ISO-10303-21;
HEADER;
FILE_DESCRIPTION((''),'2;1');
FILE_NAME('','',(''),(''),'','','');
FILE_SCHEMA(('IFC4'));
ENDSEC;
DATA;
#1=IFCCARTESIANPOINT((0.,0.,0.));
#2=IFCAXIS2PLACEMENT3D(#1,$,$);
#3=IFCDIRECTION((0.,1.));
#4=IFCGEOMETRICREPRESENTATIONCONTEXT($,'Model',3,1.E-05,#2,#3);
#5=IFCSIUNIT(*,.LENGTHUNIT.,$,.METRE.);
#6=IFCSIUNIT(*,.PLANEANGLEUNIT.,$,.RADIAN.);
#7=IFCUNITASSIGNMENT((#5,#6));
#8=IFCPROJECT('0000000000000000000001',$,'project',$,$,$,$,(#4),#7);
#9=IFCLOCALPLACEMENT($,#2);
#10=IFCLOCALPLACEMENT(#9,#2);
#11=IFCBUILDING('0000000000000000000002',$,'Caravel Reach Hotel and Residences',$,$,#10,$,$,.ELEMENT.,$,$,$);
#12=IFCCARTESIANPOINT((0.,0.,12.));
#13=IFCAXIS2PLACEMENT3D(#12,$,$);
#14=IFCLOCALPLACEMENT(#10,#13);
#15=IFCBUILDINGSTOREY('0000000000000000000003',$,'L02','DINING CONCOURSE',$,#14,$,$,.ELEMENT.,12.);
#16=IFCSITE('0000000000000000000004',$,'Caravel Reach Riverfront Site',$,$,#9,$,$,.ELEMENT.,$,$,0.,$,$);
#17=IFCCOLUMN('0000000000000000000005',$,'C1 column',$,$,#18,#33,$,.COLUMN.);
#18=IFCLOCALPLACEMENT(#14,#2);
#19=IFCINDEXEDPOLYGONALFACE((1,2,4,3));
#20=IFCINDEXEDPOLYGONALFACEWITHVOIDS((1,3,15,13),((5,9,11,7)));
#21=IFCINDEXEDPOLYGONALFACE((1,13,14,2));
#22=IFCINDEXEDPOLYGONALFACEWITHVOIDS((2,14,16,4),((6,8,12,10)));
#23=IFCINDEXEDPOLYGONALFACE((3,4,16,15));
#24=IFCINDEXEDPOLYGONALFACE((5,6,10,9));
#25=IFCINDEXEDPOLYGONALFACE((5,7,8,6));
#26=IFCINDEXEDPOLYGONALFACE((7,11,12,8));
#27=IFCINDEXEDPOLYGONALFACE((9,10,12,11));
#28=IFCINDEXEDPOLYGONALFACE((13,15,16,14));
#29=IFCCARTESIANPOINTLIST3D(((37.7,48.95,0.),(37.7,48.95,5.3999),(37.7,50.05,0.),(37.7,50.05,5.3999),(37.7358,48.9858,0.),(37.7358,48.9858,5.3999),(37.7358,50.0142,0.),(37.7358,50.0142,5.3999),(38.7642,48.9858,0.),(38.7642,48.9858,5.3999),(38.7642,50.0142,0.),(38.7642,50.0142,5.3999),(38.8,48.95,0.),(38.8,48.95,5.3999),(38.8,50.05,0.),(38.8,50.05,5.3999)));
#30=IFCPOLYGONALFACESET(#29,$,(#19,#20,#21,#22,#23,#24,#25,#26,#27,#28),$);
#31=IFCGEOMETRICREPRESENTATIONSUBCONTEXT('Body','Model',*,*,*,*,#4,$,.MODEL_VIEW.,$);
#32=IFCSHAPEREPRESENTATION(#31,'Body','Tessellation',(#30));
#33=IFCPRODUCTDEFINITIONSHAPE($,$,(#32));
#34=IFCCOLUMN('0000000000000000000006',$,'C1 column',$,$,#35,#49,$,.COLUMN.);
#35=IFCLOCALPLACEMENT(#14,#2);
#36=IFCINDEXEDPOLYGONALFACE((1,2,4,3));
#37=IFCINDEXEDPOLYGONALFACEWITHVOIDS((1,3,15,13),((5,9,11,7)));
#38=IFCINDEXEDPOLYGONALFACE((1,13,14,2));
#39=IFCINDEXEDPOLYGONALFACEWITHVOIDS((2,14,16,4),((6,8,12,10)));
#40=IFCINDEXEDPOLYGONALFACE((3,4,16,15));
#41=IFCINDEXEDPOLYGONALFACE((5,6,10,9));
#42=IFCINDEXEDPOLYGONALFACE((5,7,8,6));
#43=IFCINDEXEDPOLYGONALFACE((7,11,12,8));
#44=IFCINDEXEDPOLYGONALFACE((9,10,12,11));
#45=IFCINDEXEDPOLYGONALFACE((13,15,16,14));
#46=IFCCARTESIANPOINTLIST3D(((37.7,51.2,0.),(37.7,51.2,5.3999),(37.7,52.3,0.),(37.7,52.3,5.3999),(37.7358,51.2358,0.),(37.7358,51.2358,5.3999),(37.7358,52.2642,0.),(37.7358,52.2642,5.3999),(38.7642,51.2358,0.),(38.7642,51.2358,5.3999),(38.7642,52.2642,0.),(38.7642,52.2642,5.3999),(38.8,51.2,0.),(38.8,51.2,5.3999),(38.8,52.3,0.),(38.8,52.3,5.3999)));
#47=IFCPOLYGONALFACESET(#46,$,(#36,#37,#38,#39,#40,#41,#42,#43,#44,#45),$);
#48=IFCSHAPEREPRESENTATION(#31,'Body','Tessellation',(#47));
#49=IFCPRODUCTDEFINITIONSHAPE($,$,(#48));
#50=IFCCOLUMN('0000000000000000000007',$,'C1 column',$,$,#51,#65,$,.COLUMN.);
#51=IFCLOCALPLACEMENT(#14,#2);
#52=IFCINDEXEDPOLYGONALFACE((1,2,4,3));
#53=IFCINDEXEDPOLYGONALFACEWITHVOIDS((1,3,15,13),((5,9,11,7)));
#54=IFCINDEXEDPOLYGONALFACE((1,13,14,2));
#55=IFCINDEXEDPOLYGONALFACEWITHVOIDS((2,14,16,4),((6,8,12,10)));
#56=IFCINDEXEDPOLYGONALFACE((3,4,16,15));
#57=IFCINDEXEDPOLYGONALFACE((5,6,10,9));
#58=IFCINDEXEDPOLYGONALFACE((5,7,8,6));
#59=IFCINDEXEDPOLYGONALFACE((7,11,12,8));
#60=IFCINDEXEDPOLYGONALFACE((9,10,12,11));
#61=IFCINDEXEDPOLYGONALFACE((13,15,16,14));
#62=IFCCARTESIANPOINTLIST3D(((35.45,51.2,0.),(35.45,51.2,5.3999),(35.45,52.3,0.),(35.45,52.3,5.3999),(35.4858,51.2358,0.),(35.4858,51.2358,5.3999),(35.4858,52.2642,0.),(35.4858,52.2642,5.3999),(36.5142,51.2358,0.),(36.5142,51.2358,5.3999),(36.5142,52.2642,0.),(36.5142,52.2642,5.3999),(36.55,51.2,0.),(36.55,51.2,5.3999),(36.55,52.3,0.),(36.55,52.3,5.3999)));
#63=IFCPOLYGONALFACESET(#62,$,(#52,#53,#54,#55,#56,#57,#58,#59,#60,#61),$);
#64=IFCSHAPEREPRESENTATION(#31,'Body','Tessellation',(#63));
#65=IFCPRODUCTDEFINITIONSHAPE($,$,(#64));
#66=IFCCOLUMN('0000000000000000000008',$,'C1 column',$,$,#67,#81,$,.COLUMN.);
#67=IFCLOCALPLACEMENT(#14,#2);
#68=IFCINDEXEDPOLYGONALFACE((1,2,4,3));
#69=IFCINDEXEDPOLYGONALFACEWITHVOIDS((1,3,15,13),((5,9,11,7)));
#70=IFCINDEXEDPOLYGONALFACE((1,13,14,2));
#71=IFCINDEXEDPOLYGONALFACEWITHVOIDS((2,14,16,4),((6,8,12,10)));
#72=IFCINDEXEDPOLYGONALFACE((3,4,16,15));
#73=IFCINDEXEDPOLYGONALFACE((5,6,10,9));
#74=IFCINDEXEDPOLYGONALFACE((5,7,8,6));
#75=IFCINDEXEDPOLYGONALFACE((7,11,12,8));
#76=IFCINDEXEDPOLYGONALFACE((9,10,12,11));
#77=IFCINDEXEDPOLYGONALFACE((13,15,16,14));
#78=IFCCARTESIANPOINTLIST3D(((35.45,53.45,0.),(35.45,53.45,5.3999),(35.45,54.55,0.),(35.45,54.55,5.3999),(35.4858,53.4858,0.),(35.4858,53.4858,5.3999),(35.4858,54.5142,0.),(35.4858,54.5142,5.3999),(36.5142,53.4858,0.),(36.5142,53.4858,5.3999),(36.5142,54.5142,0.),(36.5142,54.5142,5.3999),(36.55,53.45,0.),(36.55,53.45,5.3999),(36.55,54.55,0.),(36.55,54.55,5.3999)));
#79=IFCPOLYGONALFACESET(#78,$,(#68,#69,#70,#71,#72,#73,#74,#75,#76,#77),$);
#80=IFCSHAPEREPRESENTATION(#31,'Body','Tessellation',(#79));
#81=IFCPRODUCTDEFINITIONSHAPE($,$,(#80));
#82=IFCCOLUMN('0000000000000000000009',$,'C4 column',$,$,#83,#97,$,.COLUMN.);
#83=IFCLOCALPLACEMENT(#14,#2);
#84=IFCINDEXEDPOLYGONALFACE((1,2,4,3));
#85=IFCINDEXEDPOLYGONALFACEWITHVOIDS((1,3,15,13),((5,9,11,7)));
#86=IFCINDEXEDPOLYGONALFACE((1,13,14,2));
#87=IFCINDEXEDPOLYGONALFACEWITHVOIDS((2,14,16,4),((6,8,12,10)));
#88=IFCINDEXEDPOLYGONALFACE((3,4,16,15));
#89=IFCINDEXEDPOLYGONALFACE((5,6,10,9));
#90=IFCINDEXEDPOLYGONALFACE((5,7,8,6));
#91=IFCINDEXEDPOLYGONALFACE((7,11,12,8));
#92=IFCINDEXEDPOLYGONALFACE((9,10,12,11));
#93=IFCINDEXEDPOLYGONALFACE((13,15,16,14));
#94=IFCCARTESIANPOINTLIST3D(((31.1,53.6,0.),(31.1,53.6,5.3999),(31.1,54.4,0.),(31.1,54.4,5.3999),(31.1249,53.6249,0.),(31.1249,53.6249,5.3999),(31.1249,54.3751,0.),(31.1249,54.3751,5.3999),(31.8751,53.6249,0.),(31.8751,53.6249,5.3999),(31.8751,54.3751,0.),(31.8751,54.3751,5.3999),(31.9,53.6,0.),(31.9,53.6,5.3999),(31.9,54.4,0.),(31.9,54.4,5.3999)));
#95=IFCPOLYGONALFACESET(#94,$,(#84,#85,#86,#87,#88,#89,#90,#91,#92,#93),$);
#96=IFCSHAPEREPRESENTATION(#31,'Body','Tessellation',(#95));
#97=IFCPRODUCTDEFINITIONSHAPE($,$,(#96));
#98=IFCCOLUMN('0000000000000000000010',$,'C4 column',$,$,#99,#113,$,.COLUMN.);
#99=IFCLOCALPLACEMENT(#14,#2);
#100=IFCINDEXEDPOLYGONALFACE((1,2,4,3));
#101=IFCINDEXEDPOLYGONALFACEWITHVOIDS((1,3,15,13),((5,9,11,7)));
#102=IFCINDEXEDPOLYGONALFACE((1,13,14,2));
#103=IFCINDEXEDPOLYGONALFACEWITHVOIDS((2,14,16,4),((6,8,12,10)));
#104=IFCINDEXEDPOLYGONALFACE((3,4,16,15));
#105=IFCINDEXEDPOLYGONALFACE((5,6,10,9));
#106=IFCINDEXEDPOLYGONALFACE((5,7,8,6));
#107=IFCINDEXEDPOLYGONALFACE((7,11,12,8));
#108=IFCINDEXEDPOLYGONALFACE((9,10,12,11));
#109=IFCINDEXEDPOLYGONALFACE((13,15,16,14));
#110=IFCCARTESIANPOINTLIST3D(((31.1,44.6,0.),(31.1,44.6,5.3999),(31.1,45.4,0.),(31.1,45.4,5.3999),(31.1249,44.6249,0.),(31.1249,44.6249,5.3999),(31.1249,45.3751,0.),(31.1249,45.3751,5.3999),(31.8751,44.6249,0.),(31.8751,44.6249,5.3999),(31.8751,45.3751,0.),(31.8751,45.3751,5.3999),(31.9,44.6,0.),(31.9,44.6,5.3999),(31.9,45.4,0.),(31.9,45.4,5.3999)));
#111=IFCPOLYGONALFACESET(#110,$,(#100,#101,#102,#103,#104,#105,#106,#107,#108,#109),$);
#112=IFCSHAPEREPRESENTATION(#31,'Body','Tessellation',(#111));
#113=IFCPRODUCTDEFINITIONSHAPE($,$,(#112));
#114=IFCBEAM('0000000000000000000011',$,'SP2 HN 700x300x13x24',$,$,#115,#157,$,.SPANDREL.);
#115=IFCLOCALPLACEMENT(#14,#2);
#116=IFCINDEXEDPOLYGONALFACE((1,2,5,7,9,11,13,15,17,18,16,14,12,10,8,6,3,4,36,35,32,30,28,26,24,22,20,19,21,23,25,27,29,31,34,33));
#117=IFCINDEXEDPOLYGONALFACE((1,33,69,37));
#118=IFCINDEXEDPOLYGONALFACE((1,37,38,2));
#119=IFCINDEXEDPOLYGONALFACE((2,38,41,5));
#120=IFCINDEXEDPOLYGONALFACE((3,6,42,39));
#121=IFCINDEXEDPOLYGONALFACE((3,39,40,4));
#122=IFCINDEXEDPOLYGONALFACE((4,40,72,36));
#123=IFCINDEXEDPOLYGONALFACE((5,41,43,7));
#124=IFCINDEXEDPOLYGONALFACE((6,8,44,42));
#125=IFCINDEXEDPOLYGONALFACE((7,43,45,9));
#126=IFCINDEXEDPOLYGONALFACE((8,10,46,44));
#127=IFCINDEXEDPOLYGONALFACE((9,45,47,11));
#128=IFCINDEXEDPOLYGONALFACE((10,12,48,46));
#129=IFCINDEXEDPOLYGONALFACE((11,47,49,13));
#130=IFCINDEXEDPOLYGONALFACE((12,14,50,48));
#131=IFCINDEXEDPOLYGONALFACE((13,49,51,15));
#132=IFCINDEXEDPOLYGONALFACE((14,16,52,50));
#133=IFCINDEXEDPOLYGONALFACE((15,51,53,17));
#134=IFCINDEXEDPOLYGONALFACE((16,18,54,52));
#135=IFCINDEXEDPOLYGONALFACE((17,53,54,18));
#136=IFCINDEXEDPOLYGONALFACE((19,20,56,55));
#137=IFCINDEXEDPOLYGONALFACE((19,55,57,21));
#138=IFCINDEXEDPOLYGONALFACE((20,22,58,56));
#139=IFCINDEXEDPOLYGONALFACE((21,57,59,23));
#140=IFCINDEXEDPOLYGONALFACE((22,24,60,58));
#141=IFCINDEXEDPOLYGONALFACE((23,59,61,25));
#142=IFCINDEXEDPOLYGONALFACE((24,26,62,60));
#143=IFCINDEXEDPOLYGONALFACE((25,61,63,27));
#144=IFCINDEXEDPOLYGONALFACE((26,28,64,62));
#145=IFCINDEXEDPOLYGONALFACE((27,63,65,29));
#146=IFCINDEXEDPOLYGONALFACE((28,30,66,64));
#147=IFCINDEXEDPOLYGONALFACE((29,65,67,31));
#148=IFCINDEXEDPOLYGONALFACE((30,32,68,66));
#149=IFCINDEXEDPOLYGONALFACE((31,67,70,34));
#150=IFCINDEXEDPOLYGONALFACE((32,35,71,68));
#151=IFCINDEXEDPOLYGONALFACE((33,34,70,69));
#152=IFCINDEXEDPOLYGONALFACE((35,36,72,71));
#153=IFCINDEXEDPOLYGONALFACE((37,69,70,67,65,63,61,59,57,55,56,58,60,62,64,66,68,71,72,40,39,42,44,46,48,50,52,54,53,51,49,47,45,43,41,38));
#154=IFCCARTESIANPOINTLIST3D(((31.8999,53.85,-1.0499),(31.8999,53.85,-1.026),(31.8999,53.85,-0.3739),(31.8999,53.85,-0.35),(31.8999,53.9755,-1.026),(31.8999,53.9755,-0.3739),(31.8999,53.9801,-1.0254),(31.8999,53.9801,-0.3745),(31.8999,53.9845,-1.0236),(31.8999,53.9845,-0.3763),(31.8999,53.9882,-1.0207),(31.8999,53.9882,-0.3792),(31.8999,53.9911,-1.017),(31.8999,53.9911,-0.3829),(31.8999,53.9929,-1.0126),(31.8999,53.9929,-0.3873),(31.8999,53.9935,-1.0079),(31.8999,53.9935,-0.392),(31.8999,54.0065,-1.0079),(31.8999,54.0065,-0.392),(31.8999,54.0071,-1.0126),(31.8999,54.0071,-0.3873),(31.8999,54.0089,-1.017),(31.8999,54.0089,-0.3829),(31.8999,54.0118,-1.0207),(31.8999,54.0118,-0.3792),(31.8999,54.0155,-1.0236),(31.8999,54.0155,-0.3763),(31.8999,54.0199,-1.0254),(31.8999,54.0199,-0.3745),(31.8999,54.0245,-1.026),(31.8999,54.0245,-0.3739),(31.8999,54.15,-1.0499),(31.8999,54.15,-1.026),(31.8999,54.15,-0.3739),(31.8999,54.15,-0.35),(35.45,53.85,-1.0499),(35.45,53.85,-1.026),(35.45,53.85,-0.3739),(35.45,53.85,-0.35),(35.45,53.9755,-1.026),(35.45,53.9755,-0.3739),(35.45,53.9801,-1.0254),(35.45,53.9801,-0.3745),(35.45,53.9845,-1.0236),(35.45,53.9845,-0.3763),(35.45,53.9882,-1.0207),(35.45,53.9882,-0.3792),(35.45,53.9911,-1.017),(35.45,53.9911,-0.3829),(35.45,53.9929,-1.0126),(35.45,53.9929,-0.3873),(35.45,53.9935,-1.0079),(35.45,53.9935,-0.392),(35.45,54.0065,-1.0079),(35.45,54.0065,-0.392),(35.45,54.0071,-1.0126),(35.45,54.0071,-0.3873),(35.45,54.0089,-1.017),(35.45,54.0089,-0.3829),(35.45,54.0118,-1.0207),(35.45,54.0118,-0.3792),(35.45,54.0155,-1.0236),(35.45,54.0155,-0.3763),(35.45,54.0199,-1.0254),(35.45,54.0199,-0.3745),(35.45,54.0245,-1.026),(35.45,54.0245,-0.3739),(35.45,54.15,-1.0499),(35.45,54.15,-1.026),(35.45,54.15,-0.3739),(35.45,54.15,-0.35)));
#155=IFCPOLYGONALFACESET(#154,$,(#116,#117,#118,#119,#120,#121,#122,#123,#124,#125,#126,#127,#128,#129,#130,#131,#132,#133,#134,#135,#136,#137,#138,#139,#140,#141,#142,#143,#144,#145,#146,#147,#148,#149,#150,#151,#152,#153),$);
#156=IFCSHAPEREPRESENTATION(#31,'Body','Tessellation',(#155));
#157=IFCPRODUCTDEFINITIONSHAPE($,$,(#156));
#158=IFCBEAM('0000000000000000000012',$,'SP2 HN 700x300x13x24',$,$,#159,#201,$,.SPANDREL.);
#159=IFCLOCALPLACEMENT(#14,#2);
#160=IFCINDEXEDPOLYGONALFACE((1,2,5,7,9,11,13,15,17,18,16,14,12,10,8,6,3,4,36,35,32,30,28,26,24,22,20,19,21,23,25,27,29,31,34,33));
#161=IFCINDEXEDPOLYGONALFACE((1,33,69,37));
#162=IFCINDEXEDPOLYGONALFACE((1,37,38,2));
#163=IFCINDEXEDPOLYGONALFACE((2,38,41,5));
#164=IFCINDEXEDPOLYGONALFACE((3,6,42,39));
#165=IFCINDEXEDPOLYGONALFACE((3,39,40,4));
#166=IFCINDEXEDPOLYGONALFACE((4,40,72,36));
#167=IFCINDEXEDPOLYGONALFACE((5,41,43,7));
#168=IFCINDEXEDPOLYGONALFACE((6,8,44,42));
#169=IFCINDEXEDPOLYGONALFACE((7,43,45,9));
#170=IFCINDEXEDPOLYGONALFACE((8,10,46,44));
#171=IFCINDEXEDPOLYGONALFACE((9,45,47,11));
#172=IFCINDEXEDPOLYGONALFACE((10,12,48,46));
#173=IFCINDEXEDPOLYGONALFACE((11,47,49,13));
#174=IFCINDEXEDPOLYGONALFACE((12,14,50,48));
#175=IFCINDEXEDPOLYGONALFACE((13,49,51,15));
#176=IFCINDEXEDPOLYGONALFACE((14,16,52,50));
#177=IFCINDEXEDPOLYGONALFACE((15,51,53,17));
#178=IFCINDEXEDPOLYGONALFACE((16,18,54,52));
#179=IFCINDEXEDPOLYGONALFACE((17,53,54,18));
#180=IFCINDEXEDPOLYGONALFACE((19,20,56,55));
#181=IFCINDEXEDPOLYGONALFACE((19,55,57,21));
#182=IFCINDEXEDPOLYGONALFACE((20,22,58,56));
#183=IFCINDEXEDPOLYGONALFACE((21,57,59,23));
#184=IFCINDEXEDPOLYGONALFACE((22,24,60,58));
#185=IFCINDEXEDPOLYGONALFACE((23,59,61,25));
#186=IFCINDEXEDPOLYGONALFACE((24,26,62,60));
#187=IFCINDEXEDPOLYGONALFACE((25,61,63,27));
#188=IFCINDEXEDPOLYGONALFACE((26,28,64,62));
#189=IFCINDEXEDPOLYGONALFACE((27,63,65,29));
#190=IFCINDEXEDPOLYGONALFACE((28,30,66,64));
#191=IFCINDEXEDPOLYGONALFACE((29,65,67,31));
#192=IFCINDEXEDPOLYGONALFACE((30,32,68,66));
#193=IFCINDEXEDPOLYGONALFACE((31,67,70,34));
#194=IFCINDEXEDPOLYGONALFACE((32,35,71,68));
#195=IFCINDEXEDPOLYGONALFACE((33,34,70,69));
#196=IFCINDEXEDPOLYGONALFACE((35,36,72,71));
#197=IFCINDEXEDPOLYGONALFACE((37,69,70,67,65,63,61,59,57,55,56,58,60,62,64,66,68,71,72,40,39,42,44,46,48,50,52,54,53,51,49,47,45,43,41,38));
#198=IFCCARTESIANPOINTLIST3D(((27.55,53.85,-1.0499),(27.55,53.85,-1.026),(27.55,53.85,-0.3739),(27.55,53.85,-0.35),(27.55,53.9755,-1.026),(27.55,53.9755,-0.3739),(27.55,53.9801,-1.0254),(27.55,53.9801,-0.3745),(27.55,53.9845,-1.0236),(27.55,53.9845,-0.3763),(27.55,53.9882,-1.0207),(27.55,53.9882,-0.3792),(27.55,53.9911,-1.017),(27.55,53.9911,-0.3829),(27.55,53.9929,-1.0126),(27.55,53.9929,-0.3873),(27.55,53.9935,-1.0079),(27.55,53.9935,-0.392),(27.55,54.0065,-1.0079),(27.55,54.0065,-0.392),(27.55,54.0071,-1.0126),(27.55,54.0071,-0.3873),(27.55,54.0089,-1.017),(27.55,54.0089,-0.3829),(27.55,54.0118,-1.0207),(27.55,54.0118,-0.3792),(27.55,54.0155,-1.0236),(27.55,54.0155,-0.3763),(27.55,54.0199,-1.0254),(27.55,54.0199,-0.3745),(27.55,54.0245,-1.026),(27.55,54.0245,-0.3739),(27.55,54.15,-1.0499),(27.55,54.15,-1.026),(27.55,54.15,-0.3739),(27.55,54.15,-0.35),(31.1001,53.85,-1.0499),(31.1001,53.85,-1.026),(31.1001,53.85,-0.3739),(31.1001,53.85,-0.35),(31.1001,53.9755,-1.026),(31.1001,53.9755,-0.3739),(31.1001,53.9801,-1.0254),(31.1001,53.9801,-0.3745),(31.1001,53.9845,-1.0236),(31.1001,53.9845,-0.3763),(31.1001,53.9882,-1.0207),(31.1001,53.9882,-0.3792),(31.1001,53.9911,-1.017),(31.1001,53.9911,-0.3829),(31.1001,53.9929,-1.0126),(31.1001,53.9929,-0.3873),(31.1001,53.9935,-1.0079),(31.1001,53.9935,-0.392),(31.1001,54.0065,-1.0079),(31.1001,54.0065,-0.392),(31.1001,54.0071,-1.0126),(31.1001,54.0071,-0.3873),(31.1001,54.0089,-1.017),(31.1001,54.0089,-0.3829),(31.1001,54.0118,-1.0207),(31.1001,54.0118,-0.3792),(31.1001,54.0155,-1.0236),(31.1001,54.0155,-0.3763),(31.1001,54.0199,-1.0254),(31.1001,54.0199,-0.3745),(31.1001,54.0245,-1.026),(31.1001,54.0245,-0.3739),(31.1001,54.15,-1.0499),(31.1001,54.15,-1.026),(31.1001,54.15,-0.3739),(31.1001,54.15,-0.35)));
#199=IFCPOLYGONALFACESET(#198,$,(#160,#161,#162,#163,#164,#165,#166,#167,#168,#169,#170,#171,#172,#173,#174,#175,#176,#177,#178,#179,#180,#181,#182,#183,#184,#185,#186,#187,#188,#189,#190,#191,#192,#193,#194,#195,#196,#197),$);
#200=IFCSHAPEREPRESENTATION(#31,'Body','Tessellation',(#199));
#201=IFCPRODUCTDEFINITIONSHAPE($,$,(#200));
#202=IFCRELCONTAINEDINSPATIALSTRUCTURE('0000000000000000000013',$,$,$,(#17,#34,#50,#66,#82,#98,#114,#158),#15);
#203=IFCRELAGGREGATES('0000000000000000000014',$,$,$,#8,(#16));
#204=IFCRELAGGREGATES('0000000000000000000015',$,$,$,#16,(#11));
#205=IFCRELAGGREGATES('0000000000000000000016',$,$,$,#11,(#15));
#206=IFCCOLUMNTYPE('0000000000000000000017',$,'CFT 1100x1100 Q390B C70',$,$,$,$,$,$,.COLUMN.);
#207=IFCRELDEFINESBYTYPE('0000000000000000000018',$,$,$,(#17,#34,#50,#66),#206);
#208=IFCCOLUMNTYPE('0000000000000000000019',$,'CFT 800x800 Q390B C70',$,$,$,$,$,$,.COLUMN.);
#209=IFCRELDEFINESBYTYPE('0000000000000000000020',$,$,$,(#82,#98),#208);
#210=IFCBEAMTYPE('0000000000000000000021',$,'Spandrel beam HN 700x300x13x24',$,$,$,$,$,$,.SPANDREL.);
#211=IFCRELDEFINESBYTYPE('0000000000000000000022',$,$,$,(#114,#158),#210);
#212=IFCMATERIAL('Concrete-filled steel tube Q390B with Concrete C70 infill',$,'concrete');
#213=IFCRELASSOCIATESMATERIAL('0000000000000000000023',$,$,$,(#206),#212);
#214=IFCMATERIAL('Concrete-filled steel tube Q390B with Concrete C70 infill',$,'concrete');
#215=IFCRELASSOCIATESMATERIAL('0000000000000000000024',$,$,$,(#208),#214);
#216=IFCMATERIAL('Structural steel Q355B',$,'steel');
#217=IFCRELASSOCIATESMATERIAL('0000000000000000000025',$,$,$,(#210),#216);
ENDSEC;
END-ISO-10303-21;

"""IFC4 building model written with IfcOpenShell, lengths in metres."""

from ifc_helpers import new_model, si_unit, direction, frame, origin, origin_2d, place, context, subcontext, project, spatial, hollow_rectangle, i_section, extrude, material, material_profile, profile_set, type_object, element, save


model = new_model("IFC4")

# Units and contexts
model_context = context("Model", 3, precision=1e-05, world=origin(), true_north=direction((0.0, 1.0)))
body_context = subcontext(model_context, "Body", "Model", "MODEL_VIEW")
ifc_project = project(units=[si_unit("LENGTHUNIT", "METRE"), si_unit("PLANEANGLEUNIT", "RADIAN")], contexts=[model_context])

# Site, building, storey
site_placement = place(None, origin())
site = spatial("IfcSite", under=ifc_project, at=site_placement, Name="Caravel Reach Riverfront Site", CompositionType="ELEMENT", RefElevation=0.0)
building_placement = place(site_placement, origin())
building = spatial("IfcBuilding", under=site, at=building_placement, Name="Caravel Reach Hotel and Residences", CompositionType="ELEMENT")
storey_placement = place(building_placement, frame((0.0, 0.0, 12.0)))
storey = spatial("IfcBuildingStorey", under=building, at=storey_placement, Name="L02", Description="DINING CONCOURSE", CompositionType="ELEMENT", Elevation=12.0)

# Columns
ifc_material_1 = material(Name="Concrete-filled steel tube Q390B with Concrete C70 infill", Category="concrete")
ifc_material_profile_1 = material_profile(ifc_material_1, hollow_rectangle(XDim=1.1001, YDim=1.1001, WallThickness=0.0359, at=origin_2d()), Name="RHS 1100x1100x36")
ifc_profile_set_1 = profile_set([ifc_material_profile_1], Name="Concrete-filled steel tube Q390B with Concrete C70 infill")
column_type_1 = type_object("IfcColumnType", Name="CFT 1100x1100 Q390B C70", PredefinedType="COLUMN", material=ifc_profile_set_1)
for number, where, z_axis, x_axis, name in (
    (1, (38.25, 49.5, 0.0), (0.0, 0.0, 1.0), (1.0, 0.0, 0.0), "C1 column"),
    (2, (38.25, 51.75, 0.0), (0.0, 0.0, 1.0), (1.0, 0.0, 0.0), "C1 column"),
    (3, (36.0, 51.75, 0.0), (0.0, 0.0, 1.0), (1.0, 0.0, 0.0), "C1 column"),
    (4, (36.0, 54.0, 0.0), (0.0, 0.0, 1.0), (1.0, 0.0, 0.0), "C1 column"),
):
    element("IfcColumn", number, at=place(storey_placement, frame(where, z_axis=z_axis, x_axis=x_axis)), inside=storey, type_object=column_type_1, Name=name, PredefinedType="COLUMN", context=body_context, shape_type="SweptSolid", body=[
        extrude(hollow_rectangle(XDim=1.1001, YDim=1.1001, WallThickness=0.0359, at=origin_2d()), origin(), (0.0, 0.0, 1.0), 5.3999),
    ])
ifc_material_2 = material(Name="Concrete-filled steel tube Q390B with Concrete C70 infill", Category="concrete")
ifc_material_profile_2 = material_profile(ifc_material_2, hollow_rectangle(XDim=0.8, YDim=0.8, WallThickness=0.0249, at=origin_2d()), Name="RHS 800x800x25")
ifc_profile_set_2 = profile_set([ifc_material_profile_2], Name="Concrete-filled steel tube Q390B with Concrete C70 infill")
column_type_2 = type_object("IfcColumnType", Name="CFT 800x800 Q390B C70", PredefinedType="COLUMN", material=ifc_profile_set_2)
for number, where, z_axis, x_axis, name in (
    (5, (31.5, 54.0, 0.0), (0.0, 0.0, 1.0), (1.0, 0.0, 0.0), "C4 column"),
    (6, (31.5, 45.0, 0.0), (0.0, 0.0, 1.0), (1.0, 0.0, 0.0), "C4 column"),
):
    element("IfcColumn", number, at=place(storey_placement, frame(where, z_axis=z_axis, x_axis=x_axis)), inside=storey, type_object=column_type_2, Name=name, PredefinedType="COLUMN", context=body_context, shape_type="SweptSolid", body=[
        extrude(hollow_rectangle(XDim=0.8, YDim=0.8, WallThickness=0.0249, at=origin_2d()), origin(), (0.0, 0.0, 1.0), 5.3999),
    ])

# Beams
ifc_material_3 = material(Name="Structural steel Q355B", Category="steel")
ifc_material_profile_3 = material_profile(ifc_material_3, i_section(OverallWidth=0.3, OverallDepth=0.7, WebThickness=0.0129, FlangeThickness=0.0239, FilletRadius=0.0181, at=origin_2d()), Name="HN 700x300x13x24")
ifc_profile_set_3 = profile_set([ifc_material_profile_3], Name="Structural steel Q355B")
beam_type = type_object("IfcBeamType", Name="Spandrel beam HN 700x300x13x24", PredefinedType="SPANDREL", material=ifc_profile_set_3)
for number, where, z_axis, x_axis, name in (
    (7, (35.45, 54.0, -0.7), (-1.0, 0.0, 0.0), (0.0, -1.0, 0.0), "SP2 HN 700x300x13x24"),
    (8, (31.1001, 54.0, -0.7), (-1.0, 0.0, 0.0), (0.0, -1.0, 0.0), "SP2 HN 700x300x13x24"),
):
    element("IfcBeam", number, at=place(storey_placement, frame(where, z_axis=z_axis, x_axis=x_axis)), inside=storey, type_object=beam_type, Name=name, PredefinedType="SPANDREL", context=body_context, shape_type="SweptSolid", body=[
        extrude(i_section(OverallWidth=0.3, OverallDepth=0.7, WebThickness=0.0129, FlangeThickness=0.0239, FilletRadius=0.0181, at=origin_2d()), origin(), (0.0, 0.0, 1.0), 3.55),
    ])

save(model, "model.ifc")
